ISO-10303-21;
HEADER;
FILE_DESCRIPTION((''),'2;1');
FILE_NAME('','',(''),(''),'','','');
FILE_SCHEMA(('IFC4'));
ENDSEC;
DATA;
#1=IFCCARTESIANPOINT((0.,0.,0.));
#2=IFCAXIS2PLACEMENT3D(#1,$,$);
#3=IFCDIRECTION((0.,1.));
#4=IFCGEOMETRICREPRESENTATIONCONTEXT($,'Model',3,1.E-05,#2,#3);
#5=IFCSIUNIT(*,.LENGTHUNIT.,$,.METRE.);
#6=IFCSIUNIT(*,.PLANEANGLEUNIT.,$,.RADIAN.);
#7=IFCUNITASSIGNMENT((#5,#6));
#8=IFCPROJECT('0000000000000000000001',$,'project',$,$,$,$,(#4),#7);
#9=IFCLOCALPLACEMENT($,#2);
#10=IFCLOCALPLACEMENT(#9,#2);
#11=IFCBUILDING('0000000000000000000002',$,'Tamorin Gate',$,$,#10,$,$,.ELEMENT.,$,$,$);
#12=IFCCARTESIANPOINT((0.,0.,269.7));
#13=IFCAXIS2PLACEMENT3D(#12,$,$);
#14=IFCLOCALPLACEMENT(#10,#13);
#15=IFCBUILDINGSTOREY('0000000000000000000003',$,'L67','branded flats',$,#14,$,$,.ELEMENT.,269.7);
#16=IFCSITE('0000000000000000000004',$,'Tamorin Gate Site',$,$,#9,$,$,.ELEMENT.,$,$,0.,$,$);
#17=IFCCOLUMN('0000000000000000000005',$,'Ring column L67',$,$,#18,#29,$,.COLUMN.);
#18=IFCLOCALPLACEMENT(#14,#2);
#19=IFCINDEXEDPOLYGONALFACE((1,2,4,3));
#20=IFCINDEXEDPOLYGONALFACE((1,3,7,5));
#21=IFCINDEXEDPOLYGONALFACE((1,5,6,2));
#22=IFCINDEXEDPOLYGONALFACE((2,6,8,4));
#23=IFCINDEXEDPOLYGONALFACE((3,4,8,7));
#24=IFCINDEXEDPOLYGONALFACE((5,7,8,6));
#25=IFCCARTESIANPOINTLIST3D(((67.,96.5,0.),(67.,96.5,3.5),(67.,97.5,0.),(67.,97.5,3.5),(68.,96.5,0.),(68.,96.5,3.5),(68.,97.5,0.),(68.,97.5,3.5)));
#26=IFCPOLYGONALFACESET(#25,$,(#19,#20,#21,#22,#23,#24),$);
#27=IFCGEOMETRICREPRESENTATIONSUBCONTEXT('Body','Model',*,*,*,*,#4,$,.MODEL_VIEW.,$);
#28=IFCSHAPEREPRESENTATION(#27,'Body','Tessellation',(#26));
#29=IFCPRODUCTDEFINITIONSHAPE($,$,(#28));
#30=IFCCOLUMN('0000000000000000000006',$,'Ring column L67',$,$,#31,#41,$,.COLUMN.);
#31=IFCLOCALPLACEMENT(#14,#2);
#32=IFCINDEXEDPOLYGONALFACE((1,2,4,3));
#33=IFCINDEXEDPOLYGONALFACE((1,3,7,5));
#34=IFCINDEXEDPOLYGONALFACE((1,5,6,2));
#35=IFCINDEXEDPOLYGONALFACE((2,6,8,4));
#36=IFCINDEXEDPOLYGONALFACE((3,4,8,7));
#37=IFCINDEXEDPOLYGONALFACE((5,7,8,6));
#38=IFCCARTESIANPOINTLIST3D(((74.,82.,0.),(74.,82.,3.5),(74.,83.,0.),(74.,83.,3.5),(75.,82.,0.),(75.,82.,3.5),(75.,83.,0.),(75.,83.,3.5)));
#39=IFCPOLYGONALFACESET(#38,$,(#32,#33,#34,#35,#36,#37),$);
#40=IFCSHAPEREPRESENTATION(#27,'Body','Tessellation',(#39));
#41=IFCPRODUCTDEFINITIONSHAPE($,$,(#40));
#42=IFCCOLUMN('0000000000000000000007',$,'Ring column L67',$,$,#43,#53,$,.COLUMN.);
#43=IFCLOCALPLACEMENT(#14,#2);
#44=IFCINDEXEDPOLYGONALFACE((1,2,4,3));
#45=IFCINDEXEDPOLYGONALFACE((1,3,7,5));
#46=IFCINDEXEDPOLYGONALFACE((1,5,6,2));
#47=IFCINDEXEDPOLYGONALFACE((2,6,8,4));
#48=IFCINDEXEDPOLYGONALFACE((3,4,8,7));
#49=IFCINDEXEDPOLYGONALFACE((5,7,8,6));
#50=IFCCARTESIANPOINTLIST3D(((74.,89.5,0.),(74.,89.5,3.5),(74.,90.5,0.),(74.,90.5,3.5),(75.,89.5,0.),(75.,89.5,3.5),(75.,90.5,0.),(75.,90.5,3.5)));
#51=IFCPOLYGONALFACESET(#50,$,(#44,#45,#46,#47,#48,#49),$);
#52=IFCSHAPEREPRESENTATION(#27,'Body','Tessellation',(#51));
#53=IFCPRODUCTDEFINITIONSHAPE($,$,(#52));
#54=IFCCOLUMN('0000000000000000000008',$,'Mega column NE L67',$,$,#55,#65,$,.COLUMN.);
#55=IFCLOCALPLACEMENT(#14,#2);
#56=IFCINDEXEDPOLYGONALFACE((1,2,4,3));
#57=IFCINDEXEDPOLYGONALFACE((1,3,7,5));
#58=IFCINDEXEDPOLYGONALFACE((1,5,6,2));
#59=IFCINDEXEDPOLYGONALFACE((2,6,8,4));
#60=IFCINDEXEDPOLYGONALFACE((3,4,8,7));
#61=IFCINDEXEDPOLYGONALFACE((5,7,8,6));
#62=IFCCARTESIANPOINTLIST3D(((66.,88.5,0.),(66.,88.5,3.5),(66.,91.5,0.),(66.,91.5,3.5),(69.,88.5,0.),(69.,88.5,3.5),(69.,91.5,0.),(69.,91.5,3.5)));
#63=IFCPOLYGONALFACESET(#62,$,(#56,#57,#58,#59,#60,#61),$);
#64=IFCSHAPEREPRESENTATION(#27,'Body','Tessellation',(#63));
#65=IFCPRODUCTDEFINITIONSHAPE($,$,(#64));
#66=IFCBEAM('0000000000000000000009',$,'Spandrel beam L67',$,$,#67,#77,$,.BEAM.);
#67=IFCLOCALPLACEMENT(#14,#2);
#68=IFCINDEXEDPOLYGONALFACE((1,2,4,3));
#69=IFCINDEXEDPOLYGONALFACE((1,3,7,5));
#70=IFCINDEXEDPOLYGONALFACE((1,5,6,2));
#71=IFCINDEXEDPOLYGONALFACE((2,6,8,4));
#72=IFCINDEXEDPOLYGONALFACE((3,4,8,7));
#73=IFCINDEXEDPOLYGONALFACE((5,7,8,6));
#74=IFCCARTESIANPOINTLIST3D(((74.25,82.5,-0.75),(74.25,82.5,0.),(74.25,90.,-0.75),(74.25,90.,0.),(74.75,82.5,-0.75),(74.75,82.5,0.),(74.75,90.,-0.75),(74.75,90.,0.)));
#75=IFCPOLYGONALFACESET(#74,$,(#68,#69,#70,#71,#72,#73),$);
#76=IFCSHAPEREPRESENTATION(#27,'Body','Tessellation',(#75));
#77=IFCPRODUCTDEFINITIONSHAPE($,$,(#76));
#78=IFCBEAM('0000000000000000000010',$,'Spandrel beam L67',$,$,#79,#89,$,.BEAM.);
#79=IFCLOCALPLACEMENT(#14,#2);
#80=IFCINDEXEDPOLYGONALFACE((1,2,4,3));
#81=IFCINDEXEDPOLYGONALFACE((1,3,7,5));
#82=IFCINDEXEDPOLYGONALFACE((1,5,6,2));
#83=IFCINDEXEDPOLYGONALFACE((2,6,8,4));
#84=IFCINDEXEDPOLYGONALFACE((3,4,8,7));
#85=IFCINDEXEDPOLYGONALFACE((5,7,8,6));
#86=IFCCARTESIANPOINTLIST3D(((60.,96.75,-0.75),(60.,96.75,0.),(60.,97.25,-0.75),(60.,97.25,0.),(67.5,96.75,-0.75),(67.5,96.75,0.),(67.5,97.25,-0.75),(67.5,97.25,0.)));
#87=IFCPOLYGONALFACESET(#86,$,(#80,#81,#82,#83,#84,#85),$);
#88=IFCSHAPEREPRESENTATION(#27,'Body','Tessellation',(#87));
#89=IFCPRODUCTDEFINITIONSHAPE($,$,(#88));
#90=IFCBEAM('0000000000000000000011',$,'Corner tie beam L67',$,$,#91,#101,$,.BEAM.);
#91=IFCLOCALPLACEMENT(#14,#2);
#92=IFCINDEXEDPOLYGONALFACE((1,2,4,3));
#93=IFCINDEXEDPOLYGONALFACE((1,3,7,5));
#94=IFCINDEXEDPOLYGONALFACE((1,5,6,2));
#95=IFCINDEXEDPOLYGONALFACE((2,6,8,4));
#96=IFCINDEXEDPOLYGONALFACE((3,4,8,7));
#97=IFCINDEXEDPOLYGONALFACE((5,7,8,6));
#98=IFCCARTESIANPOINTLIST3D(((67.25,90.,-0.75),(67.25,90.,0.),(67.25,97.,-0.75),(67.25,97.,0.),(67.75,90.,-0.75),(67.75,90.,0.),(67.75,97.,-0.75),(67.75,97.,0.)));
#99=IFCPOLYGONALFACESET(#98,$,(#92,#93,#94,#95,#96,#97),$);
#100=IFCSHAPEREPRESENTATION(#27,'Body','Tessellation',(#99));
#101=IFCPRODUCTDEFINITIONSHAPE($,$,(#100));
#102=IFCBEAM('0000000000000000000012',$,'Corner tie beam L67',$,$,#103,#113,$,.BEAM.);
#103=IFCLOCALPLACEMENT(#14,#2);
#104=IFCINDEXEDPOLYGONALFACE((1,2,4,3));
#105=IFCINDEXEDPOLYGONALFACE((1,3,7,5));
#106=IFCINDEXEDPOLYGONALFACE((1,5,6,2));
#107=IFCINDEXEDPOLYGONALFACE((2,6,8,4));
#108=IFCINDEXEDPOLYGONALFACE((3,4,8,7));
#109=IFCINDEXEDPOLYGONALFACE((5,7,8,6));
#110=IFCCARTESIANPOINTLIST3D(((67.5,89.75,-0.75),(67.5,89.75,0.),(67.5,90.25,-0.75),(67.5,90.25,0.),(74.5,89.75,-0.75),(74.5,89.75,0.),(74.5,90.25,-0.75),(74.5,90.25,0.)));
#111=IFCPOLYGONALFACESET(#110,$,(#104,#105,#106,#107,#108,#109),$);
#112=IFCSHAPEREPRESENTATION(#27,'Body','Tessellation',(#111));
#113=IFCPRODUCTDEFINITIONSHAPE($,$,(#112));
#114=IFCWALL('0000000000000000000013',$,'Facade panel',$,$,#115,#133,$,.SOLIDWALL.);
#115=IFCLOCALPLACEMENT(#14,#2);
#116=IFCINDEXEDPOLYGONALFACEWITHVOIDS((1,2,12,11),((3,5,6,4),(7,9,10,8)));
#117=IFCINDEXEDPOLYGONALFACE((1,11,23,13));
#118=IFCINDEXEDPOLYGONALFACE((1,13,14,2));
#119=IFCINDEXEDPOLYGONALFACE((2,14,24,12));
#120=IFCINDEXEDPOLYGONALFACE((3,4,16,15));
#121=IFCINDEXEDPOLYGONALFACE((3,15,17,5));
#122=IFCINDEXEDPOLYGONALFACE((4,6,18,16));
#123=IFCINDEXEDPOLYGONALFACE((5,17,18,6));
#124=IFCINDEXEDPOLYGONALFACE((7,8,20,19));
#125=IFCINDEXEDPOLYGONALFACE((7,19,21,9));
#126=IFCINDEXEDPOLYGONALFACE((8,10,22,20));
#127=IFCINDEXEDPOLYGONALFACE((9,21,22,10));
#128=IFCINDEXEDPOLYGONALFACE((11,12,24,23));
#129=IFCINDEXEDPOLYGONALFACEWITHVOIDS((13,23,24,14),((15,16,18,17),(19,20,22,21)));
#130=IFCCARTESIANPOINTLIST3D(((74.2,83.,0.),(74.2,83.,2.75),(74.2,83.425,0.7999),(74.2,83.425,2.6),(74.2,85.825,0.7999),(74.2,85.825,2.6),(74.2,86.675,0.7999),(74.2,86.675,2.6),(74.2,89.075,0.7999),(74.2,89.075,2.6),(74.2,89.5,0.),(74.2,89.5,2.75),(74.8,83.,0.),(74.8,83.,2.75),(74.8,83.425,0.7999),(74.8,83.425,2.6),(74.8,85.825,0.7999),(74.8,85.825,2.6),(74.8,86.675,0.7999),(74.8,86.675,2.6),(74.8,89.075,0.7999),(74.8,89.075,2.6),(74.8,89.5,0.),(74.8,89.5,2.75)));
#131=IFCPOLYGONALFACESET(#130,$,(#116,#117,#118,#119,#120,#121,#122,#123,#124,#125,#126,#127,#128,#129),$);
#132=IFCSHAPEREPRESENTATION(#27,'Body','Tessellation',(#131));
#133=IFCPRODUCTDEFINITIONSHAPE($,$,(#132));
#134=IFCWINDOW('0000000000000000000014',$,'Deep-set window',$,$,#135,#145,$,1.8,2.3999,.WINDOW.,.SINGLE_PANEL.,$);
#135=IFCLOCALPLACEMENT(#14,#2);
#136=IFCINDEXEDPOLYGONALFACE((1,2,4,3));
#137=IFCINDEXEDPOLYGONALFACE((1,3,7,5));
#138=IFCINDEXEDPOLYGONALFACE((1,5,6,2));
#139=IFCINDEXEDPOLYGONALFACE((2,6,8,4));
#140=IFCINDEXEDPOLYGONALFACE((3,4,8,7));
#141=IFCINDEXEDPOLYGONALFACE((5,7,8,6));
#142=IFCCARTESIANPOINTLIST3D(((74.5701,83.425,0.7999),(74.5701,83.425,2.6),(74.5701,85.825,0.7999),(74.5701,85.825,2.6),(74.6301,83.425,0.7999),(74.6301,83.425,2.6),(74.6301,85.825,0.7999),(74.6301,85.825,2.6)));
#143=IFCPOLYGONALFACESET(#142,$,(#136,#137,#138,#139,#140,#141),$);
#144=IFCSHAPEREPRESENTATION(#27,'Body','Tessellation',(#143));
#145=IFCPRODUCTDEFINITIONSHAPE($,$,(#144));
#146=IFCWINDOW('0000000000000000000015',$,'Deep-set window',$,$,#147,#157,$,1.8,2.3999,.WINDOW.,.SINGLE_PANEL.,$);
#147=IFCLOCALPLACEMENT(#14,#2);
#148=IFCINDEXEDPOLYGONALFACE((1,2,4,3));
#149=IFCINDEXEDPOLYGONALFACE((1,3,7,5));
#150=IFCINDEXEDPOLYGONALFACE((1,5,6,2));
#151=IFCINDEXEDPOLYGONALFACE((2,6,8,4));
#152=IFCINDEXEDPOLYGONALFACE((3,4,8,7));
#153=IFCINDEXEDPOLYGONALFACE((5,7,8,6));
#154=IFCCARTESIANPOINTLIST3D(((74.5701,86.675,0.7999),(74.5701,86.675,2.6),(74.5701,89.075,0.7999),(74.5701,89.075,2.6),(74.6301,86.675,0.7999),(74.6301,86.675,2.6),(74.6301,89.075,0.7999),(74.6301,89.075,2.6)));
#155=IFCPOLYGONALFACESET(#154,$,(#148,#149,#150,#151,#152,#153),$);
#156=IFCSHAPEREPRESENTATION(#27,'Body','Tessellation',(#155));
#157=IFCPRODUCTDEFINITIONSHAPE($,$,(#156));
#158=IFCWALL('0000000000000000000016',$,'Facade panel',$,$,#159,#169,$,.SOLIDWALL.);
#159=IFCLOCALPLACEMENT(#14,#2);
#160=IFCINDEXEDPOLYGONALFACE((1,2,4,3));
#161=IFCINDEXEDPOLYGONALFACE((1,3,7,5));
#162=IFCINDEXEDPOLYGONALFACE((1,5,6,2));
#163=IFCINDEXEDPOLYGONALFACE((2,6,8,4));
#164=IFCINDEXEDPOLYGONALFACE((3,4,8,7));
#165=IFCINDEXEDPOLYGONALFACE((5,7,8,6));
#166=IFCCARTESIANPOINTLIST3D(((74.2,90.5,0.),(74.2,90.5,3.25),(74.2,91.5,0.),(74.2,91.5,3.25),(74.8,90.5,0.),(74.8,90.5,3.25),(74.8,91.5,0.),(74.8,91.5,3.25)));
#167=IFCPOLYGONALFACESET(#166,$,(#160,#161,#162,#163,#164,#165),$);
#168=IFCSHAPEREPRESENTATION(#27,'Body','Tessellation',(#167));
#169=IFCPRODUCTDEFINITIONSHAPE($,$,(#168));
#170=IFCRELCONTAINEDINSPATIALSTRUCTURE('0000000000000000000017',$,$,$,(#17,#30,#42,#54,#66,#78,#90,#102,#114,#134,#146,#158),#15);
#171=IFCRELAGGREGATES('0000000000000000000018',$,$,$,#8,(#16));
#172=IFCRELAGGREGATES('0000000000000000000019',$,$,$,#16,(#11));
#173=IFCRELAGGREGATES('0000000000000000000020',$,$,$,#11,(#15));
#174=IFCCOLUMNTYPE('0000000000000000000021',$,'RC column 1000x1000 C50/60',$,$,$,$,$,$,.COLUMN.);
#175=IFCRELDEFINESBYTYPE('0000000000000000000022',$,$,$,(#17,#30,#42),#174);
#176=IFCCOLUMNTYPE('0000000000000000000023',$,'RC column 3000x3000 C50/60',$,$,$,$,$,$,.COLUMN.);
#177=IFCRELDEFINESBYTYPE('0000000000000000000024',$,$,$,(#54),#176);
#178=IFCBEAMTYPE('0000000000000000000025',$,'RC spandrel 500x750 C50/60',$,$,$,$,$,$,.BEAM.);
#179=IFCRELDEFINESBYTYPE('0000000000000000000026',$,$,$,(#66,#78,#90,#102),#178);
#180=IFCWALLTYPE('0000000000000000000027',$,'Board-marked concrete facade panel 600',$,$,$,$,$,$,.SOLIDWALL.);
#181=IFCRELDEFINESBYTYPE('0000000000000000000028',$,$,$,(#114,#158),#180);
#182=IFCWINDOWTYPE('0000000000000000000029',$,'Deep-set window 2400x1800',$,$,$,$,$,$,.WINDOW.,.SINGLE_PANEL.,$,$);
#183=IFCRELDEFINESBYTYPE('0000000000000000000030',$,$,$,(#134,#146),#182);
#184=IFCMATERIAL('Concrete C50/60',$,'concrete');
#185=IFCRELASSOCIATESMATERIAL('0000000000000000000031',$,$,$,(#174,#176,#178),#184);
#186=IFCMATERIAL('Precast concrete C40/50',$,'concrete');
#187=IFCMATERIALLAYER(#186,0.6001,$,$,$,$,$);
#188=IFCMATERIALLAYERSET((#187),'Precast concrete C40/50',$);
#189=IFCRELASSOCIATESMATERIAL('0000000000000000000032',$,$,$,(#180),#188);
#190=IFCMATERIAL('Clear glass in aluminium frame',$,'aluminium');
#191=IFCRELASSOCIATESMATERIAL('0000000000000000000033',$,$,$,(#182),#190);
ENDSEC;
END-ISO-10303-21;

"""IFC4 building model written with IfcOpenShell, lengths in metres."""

from ifc_helpers import new_model, si_unit, direction, frame, frame_2d, origin, origin_2d, place, context, subcontext, project, spatial, rectangle, extrude, material, layer, layer_set, material_profile, profile_set, type_object, element, fill, save


model = new_model("IFC4")

# Units and contexts
model_context = context("Model", 3, precision=1e-05, world=origin(), true_north=direction((0.0, 1.0)))
body_context = subcontext(model_context, "Body", "Model", "MODEL_VIEW")
ifc_project = project(units=[si_unit("LENGTHUNIT", "METRE"), si_unit("PLANEANGLEUNIT", "RADIAN")], contexts=[model_context])

# Site, building, storey
site_placement = place(None, origin())
site = spatial("IfcSite", under=ifc_project, at=site_placement, Name="Tamorin Gate Site", CompositionType="ELEMENT", RefElevation=0.0)
building_placement = place(site_placement, origin())
building = spatial("IfcBuilding", under=site, at=building_placement, Name="Tamorin Gate", CompositionType="ELEMENT")
storey_placement = place(building_placement, frame((0.0, 0.0, 269.7)))
storey = spatial("IfcBuildingStorey", under=building, at=storey_placement, Name="L67", Description="branded flats", CompositionType="ELEMENT", Elevation=269.7)

# Columns
ifc_material_1 = material(Name="Concrete C50/60", Category="concrete")
ifc_material_profile_1 = material_profile(ifc_material_1, rectangle(XDim=1.0, YDim=1.0, at=origin_2d()), Name="RC 1000x1000")
ifc_profile_set_1 = profile_set([ifc_material_profile_1], Name="Concrete C50/60")
column_type_1 = type_object("IfcColumnType", Name="RC column 1000x1000 C50/60", PredefinedType="COLUMN", material=ifc_profile_set_1)
for number, where, z_axis, x_axis, name in (
    (1, (67.5, 97.0, 0.0), (0.0, 0.0, 1.0), (1.0, 0.0, 0.0), "Ring column L67"),
    (2, (74.5, 82.5, 0.0), (0.0, 0.0, 1.0), (1.0, 0.0, 0.0), "Ring column L67"),
    (3, (74.5, 90.0, 0.0), (0.0, 0.0, 1.0), (1.0, 0.0, 0.0), "Ring column L67"),
):
    element("IfcColumn", number, at=place(storey_placement, frame(where, z_axis=z_axis, x_axis=x_axis)), inside=storey, type_object=column_type_1, Name=name, PredefinedType="COLUMN", context=body_context, shape_type="SweptSolid", body=[
        extrude(rectangle(XDim=1.0, YDim=1.0, at=origin_2d()), origin(), (0.0, 0.0, 1.0), 3.5),
    ])
ifc_material_profile_2 = material_profile(ifc_material_1, rectangle(XDim=3.0, YDim=3.0, at=origin_2d()), Name="RC 3000x3000")
ifc_profile_set_2 = profile_set([ifc_material_profile_2], Name="Concrete C50/60")
column_type_2 = type_object("IfcColumnType", Name="RC column 3000x3000 C50/60", PredefinedType="COLUMN", material=ifc_profile_set_2)
column_placement = place(storey_placement, frame((67.5, 90.0, 0.0), z_axis=(0.0, 0.0, 1.0), x_axis=(1.0, 0.0, 0.0)))
element("IfcColumn", 4, at=column_placement, inside=storey, type_object=column_type_2, Name="Mega column NE L67", PredefinedType="COLUMN", context=body_context, shape_type="SweptSolid", body=[
    extrude(rectangle(XDim=3.0, YDim=3.0, at=origin_2d()), origin(), (0.0, 0.0, 1.0), 3.5),
])

# Beams
ifc_material_profile_3 = material_profile(ifc_material_1, rectangle(XDim=0.5, YDim=0.75, at=origin_2d()), Name="RC 500x750")
ifc_profile_set_3 = profile_set([ifc_material_profile_3], Name="Concrete C50/60")
beam_type = type_object("IfcBeamType", Name="RC spandrel 500x750 C50/60", PredefinedType="BEAM", material=ifc_profile_set_3)
for number, where, z_axis, x_axis, name in (
    (5, (74.5, 82.5, -0.375), (0.0, 1.0, 0.0), (-1.0, 0.0, 0.0), "Spandrel beam L67"),
    (6, (67.5, 97.0, -0.375), (-1.0, 0.0, 0.0), (0.0, -1.0, 0.0), "Spandrel beam L67"),
):
    element("IfcBeam", number, at=place(storey_placement, frame(where, z_axis=z_axis, x_axis=x_axis)), inside=storey, type_object=beam_type, Name=name, PredefinedType="BEAM", context=body_context, shape_type="SweptSolid", body=[
        extrude(rectangle(XDim=0.5, YDim=0.75, at=origin_2d()), origin(), (0.0, 0.0, 1.0), 7.5),
    ])
for number, where, z_axis, x_axis, name in (
    (7, (67.5, 90.0, -0.375), (0.0, 1.0, 0.0), (-1.0, 0.0, 0.0), "Corner tie beam L67"),
    (8, (67.5, 90.0, -0.375), (1.0, 0.0, 0.0), (0.0, 1.0, 0.0), "Corner tie beam L67"),
):
    element("IfcBeam", number, at=place(storey_placement, frame(where, z_axis=z_axis, x_axis=x_axis)), inside=storey, type_object=beam_type, Name=name, PredefinedType="BEAM", context=body_context, shape_type="SweptSolid", body=[
        extrude(rectangle(XDim=0.5, YDim=0.75, at=origin_2d()), origin(), (0.0, 0.0, 1.0), 7.0),
    ])

# Wall, openings, windows
ifc_material_2 = material(Name="Precast concrete C40/50", Category="concrete")
ifc_layer = layer(ifc_material_2, 0.6001)
ifc_layer_set = layer_set([ifc_layer], Name="Precast concrete C40/50")
wall_type = type_object("IfcWallType", Name="Board-marked concrete facade panel 600", PredefinedType="SOLIDWALL", material=ifc_layer_set)
wall_1_placement = place(storey_placement, frame((74.5, 83.0, 0.0), z_axis=(0.0, 0.0, 1.0), x_axis=(0.0, 1.0, 0.0)))
wall_1 = element("IfcWall", 9, at=wall_1_placement, inside=storey, type_object=wall_type, Name="Facade panel", PredefinedType="SOLIDWALL", context=body_context, shape_type="SweptSolid", body=[
    extrude(rectangle(XDim=6.5, YDim=0.6001, at=frame_2d((3.25, 0.0))), origin(), (0.0, 0.0, 1.0), 2.75),
])
opening_1_placement = place(wall_1_placement, frame((0.425, 0.0, 0.8)))
opening_1 = element("IfcOpeningElement", 10, at=opening_1_placement, cuts=wall_1, PredefinedType="OPENING", context=body_context, shape_type="SweptSolid", body=[
    extrude(rectangle(XDim=2.3999, YDim=1.8, at=frame_2d((1.2, 0.8999))), frame((0.0, 0.3101, 0.0), z_axis=(0.0, -1.0, 0.0), x_axis=(1.0, 0.0, 0.0)), (0.0, 0.0, 1.0), 0.6201),
])
opening_2_placement = place(wall_1_placement, frame((3.675, 0.0, 0.8)))
opening_2 = element("IfcOpeningElement", 11, at=opening_2_placement, cuts=wall_1, PredefinedType="OPENING", context=body_context, shape_type="SweptSolid", body=[
    extrude(rectangle(XDim=2.3999, YDim=1.8, at=frame_2d((1.2, 0.8999))), frame((0.0, 0.3101, 0.0), z_axis=(0.0, -1.0, 0.0), x_axis=(1.0, 0.0, 0.0)), (0.0, 0.0, 1.0), 0.6201),
])
ifc_material_3 = material(Name="Clear glass in aluminium frame", Category="aluminium")
window_type_1 = type_object("IfcWindowType", Name="Deep-set window 2400x1800", PartitioningType="SINGLE_PANEL", PredefinedType="WINDOW", material=ifc_material_3)
window_1_placement = place(opening_1_placement, origin())
window_1 = element("IfcWindow", 12, at=window_1_placement, inside=storey, type_object=window_type_1, Name="Deep-set window", OverallHeight=1.8, OverallWidth=2.3999, PartitioningType="SINGLE_PANEL", PredefinedType="WINDOW", context=body_context, shape_type="SweptSolid", body=[
    extrude(rectangle(XDim=2.3999, YDim=1.8, at=frame_2d((1.2, 0.8999))), frame((0.0, -0.0701, 0.0), z_axis=(0.0, -1.0, 0.0), x_axis=(1.0, 0.0, 0.0)), (0.0, 0.0, 1.0), 0.0601),
])
fill(opening_1, window_1)
window_2_placement = place(opening_2_placement, origin())
window_2 = element("IfcWindow", 13, at=window_2_placement, inside=storey, type_object=window_type_1, Name="Deep-set window", OverallHeight=1.8, OverallWidth=2.3999, PartitioningType="SINGLE_PANEL", PredefinedType="WINDOW", context=body_context, shape_type="SweptSolid", body=[
    extrude(rectangle(XDim=2.3999, YDim=1.8, at=frame_2d((1.2, 0.8999))), frame((0.0, -0.0701, 0.0), z_axis=(0.0, -1.0, 0.0), x_axis=(1.0, 0.0, 0.0)), (0.0, 0.0, 1.0), 0.0601),
])
fill(opening_2, window_2)

# Wall
wall_2_placement = place(storey_placement, frame((74.5, 90.5, 0.0), z_axis=(0.0, 0.0, 1.0), x_axis=(0.0, 1.0, 0.0)))
element("IfcWall", 14, at=wall_2_placement, inside=storey, type_object=wall_type, Name="Facade panel", PredefinedType="SOLIDWALL", context=body_context, shape_type="SweptSolid", body=[
    extrude(rectangle(XDim=1.0, YDim=0.6001, at=frame_2d((0.5, 0.0))), origin(), (0.0, 0.0, 1.0), 3.25),
])

save(model, "model.ifc")
